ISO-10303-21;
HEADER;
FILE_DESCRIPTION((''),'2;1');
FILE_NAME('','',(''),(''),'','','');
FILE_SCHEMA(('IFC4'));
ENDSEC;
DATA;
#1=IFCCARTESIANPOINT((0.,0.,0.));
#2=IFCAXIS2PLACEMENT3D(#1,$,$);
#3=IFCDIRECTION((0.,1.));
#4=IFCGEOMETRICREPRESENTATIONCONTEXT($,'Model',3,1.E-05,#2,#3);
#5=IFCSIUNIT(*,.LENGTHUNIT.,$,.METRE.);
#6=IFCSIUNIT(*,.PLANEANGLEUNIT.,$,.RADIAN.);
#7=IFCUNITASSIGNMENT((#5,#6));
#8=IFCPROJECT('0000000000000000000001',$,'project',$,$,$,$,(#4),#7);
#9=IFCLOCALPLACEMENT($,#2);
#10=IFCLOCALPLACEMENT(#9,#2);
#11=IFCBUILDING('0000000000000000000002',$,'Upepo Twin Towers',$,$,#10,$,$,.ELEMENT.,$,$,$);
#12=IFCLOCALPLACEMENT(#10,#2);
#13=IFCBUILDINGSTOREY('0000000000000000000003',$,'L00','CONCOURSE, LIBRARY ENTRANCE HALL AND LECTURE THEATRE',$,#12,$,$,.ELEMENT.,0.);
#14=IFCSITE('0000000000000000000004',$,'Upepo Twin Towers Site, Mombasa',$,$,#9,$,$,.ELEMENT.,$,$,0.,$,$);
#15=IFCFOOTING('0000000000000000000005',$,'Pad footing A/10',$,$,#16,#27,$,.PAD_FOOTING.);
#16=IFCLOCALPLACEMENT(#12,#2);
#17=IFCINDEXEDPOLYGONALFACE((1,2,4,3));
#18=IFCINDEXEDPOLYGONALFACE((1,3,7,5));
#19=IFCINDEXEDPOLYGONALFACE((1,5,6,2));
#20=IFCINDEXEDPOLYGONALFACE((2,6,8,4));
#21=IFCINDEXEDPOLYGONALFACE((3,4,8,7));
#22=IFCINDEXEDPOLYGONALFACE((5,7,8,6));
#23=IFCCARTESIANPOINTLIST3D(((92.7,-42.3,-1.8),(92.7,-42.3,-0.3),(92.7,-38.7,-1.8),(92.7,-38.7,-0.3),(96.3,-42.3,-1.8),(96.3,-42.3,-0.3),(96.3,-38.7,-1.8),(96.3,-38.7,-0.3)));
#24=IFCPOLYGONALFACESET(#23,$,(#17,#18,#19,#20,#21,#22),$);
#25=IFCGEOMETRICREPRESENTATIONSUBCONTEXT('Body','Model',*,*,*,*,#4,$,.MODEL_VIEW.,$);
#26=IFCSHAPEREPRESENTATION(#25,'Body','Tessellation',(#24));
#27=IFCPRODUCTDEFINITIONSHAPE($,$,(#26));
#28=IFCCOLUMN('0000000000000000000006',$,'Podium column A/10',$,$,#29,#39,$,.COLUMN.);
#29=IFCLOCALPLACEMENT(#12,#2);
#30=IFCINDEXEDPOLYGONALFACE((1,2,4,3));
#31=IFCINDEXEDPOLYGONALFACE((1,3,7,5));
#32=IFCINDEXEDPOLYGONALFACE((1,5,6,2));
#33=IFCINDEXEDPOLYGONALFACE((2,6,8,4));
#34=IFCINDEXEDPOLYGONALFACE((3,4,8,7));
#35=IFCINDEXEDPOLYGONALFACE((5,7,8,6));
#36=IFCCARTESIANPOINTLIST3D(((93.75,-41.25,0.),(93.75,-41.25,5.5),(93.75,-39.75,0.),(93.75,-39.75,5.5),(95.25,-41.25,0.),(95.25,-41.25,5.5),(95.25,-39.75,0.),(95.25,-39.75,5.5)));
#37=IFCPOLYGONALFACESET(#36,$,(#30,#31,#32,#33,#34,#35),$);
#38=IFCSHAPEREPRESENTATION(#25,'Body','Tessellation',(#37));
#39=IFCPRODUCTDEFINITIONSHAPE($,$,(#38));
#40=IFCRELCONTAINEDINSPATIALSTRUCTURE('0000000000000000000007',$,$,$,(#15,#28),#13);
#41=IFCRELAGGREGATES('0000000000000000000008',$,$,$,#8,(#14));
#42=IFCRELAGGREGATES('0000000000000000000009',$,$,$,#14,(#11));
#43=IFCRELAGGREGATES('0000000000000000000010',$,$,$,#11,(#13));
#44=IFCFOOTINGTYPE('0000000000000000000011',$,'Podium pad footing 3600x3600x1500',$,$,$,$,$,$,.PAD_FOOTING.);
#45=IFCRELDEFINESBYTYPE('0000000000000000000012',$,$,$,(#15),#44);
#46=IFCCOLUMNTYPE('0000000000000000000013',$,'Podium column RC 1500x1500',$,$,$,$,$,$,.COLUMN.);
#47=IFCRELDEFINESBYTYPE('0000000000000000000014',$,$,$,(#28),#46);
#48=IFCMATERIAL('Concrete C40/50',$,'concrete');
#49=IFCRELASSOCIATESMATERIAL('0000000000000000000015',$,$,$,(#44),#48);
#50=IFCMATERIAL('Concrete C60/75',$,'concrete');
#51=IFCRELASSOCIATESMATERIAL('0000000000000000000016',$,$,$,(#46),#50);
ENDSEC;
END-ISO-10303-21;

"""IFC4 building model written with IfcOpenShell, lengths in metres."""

from ifc_helpers import new_model, si_unit, direction, frame, origin, origin_2d, place, context, subcontext, project, spatial, rectangle, extrude, material, material_profile, profile_set, type_object, element, save


model = new_model("IFC4")

# Units and contexts
model_context = context("Model", 3, precision=1e-05, world=origin(), true_north=direction((0.0, 1.0)))
body_context = subcontext(model_context, "Body", "Model", "MODEL_VIEW")
ifc_project = project(units=[si_unit("LENGTHUNIT", "METRE"), si_unit("PLANEANGLEUNIT", "RADIAN")], contexts=[model_context])

# Site, building, storey
site_placement = place(None, origin())
site = spatial("IfcSite", under=ifc_project, at=site_placement, Name="Upepo Twin Towers Site, Mombasa", CompositionType="ELEMENT", RefElevation=0.0)
building_placement = place(site_placement, origin())
building = spatial("IfcBuilding", under=site, at=building_placement, Name="Upepo Twin Towers", CompositionType="ELEMENT")
storey_placement = place(building_placement, origin())
storey = spatial("IfcBuildingStorey", under=building, at=storey_placement, Name="L00", Description="CONCOURSE, LIBRARY ENTRANCE HALL AND LECTURE THEATRE", CompositionType="ELEMENT", Elevation=0.0)

# Footing
ifc_material_1 = material(Name="Concrete C40/50", Category="concrete")
footing_type = type_object("IfcFootingType", Name="Podium pad footing 3600x3600x1500", PredefinedType="PAD_FOOTING", material=ifc_material_1)
footing_placement = place(storey_placement, frame((94.5, -40.5, -1.8), z_axis=(0.0, 0.0, 1.0), x_axis=(1.0, 0.0, 0.0)))
element("IfcFooting", 1, at=footing_placement, inside=storey, type_object=footing_type, Name="Pad footing A/10", PredefinedType="PAD_FOOTING", context=body_context, shape_type="SweptSolid", body=[
    extrude(rectangle(XDim=3.6001, YDim=3.6001, at=origin_2d()), origin(), (0.0, 0.0, 1.0), 1.5),
])

# Column
ifc_material_2 = material(Name="Concrete C60/75", Category="concrete")
ifc_material_profile = material_profile(ifc_material_2, rectangle(XDim=1.5, YDim=1.5, at=origin_2d()), Name="RC 1500x1500")
ifc_profile_set = profile_set([ifc_material_profile], Name="Concrete C60/75")
column_type = type_object("IfcColumnType", Name="Podium column RC 1500x1500", PredefinedType="COLUMN", material=ifc_profile_set)
column_placement = place(storey_placement, frame((94.5, -40.5, 0.0), z_axis=(0.0, 0.0, 1.0), x_axis=(1.0, 0.0, 0.0)))
element("IfcColumn", 2, at=column_placement, inside=storey, type_object=column_type, Name="Podium column A/10", PredefinedType="COLUMN", context=body_context, shape_type="SweptSolid", body=[
    extrude(rectangle(XDim=1.5, YDim=1.5, at=origin_2d()), origin(), (0.0, 0.0, 1.0), 5.5),
])

save(model, "model.ifc")
